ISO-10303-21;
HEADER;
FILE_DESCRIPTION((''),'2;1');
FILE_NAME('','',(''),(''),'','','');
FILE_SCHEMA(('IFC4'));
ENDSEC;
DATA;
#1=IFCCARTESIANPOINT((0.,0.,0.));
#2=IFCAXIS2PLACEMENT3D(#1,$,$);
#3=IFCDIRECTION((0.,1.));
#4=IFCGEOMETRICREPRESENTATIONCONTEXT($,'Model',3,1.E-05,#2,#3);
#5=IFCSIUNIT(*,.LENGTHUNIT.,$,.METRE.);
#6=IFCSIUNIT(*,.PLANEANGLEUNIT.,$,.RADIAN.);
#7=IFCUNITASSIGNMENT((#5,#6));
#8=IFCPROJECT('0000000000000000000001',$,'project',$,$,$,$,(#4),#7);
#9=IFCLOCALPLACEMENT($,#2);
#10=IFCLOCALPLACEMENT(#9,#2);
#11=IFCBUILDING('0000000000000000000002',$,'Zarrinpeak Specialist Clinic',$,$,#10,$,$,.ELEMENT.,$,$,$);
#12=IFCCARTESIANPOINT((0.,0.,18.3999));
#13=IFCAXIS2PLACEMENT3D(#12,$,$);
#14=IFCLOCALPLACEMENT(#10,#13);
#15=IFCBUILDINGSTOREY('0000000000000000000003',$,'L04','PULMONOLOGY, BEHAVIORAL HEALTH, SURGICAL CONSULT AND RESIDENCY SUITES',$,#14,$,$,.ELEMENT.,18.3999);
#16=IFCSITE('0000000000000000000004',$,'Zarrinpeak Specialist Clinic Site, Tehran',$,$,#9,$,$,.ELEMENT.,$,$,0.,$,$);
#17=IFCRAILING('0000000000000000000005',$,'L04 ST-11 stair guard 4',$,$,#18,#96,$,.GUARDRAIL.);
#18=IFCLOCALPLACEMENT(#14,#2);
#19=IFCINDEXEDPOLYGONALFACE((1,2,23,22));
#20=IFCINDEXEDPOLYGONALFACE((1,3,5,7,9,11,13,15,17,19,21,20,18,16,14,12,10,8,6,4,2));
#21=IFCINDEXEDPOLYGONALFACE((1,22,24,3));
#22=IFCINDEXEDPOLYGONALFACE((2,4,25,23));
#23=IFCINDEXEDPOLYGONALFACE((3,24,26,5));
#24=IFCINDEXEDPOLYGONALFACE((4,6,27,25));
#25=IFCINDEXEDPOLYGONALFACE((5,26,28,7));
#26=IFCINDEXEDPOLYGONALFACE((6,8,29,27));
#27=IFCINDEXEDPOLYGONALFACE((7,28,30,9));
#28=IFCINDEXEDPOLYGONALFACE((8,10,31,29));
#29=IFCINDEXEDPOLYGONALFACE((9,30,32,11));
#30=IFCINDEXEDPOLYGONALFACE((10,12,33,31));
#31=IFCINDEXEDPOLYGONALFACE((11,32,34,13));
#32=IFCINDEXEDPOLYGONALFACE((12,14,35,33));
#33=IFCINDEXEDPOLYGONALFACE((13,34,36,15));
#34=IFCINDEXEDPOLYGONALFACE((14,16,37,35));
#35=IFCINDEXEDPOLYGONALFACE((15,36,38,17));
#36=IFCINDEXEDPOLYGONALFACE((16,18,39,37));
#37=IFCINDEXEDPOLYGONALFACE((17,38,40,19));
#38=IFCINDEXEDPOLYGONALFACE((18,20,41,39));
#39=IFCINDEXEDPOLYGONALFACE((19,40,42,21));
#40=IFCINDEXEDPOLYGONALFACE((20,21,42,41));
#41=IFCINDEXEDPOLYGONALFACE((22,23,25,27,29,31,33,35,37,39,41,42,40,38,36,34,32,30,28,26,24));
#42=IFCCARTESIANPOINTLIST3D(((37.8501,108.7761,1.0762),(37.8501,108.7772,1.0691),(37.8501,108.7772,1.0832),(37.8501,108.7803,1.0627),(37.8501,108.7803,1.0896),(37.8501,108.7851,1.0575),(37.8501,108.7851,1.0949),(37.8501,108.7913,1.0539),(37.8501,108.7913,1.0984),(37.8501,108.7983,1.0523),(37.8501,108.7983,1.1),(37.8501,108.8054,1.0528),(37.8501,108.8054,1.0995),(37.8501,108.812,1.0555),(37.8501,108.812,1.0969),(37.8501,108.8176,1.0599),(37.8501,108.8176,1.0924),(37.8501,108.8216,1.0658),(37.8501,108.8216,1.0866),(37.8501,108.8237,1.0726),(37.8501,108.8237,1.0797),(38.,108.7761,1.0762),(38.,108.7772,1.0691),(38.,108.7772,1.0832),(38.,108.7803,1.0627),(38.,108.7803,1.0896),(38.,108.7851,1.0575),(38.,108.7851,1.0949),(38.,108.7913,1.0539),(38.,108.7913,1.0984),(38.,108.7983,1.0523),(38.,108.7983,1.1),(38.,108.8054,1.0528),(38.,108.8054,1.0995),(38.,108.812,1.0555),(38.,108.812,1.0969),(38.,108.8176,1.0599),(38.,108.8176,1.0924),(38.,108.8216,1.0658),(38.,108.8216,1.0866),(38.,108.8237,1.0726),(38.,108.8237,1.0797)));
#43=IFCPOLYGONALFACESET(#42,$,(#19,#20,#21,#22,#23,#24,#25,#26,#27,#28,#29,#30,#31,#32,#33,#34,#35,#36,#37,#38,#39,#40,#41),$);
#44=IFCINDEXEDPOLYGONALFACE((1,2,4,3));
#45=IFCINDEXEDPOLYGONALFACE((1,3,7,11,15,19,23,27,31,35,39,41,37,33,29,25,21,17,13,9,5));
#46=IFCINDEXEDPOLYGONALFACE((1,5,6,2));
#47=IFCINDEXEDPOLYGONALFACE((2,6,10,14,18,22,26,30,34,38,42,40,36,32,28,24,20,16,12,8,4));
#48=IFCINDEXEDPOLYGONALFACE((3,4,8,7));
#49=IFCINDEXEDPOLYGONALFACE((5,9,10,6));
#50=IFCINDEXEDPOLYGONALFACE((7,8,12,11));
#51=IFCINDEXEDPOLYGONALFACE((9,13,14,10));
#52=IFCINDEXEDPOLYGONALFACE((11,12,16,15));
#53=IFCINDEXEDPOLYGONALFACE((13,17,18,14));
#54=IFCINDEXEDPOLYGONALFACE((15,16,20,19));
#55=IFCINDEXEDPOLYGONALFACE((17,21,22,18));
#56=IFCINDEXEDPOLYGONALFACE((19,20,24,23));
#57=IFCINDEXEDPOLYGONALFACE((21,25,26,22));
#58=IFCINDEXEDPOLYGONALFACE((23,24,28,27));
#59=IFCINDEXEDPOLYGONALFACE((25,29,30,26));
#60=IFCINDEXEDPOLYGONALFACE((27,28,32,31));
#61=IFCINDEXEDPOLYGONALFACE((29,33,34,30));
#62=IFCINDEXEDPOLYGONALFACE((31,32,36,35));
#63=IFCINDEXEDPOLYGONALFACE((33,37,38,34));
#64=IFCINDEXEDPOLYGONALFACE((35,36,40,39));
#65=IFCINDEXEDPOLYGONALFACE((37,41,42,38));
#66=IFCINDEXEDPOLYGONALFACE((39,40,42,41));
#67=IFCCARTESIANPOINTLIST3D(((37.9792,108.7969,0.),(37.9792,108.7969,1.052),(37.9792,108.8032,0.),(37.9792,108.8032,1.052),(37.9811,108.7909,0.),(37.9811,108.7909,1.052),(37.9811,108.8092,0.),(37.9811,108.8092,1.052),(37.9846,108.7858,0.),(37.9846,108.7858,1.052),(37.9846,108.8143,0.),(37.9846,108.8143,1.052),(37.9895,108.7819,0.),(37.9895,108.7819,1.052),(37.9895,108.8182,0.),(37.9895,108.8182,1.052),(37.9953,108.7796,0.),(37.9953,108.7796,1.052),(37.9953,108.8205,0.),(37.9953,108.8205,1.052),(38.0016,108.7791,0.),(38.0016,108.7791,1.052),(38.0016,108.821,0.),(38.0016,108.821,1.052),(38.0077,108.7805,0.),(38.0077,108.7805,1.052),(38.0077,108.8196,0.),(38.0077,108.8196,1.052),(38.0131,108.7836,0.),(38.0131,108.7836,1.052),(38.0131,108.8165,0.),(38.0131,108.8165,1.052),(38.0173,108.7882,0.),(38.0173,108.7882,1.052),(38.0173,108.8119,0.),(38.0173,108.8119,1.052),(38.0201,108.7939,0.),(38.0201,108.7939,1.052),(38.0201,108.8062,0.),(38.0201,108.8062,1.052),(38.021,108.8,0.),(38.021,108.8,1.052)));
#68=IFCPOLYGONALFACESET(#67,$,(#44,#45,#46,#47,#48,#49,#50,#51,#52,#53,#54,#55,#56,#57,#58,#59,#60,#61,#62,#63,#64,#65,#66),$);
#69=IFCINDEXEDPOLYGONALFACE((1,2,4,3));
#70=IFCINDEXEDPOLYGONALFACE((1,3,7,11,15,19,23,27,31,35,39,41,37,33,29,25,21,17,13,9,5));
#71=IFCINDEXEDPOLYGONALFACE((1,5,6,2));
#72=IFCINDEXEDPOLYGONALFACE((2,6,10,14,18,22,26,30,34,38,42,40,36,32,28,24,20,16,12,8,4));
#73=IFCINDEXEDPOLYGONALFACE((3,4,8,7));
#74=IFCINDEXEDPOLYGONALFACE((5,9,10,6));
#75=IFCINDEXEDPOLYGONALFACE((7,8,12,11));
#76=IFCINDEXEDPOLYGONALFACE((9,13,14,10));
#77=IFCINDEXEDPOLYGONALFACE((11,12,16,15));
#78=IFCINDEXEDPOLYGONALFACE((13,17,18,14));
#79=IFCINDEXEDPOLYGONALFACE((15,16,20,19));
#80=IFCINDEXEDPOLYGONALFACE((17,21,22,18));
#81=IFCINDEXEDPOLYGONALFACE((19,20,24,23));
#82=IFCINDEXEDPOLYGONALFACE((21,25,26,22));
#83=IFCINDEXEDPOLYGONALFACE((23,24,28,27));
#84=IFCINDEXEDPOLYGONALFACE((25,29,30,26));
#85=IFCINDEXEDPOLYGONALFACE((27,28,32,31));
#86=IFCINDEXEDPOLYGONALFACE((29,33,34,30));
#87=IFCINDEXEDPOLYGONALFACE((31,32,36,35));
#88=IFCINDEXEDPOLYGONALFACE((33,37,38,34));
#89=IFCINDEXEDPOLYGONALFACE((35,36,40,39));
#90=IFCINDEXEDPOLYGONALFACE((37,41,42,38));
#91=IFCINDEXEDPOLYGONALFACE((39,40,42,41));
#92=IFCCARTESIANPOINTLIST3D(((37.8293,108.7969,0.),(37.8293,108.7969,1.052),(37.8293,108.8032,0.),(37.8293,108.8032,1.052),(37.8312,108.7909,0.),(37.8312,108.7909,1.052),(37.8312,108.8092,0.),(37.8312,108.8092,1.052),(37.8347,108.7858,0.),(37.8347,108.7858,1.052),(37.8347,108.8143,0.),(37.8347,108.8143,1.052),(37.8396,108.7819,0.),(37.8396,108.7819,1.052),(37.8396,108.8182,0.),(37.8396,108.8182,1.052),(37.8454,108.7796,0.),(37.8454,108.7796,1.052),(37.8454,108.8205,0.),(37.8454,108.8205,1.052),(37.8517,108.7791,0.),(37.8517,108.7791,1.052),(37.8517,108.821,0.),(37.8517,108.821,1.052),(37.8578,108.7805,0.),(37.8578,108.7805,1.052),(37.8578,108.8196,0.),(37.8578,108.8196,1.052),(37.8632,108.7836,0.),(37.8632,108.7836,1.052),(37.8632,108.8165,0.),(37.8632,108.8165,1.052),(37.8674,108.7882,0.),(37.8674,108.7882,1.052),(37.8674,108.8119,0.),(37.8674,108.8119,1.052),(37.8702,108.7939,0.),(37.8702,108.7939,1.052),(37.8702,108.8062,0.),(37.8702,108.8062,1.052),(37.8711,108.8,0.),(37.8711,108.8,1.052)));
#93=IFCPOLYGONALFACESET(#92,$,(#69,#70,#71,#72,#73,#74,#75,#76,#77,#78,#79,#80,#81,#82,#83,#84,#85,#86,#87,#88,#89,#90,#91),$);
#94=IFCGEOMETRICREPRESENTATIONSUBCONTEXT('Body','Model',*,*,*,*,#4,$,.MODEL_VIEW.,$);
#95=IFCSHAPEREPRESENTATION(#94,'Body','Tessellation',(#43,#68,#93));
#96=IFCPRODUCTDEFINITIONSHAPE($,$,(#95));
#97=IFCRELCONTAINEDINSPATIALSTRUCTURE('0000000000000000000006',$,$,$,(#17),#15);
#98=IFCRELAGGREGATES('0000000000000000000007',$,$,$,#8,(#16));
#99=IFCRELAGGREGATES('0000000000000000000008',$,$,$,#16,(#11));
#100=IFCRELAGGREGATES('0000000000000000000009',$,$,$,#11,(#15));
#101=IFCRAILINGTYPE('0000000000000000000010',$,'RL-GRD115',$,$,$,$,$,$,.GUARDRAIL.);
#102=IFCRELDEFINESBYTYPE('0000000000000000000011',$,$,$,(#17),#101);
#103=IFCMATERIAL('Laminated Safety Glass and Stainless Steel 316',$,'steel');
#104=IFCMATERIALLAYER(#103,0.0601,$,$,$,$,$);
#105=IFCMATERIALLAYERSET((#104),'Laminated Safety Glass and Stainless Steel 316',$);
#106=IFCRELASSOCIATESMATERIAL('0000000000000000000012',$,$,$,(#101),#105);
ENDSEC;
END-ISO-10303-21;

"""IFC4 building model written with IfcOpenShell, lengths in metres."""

from ifc_helpers import new_model, si_unit, direction, frame, origin, origin_2d, place, context, subcontext, project, spatial, circle, extrude, material, layer, layer_set, type_object, element, save


model = new_model("IFC4")

# Units and contexts
model_context = context("Model", 3, precision=1e-05, world=origin(), true_north=direction((0.0, 1.0)))
body_context = subcontext(model_context, "Body", "Model", "MODEL_VIEW")
ifc_project = project(units=[si_unit("LENGTHUNIT", "METRE"), si_unit("PLANEANGLEUNIT", "RADIAN")], contexts=[model_context])

# Site, building, storey
site_placement = place(None, origin())
site = spatial("IfcSite", under=ifc_project, at=site_placement, Name="Zarrinpeak Specialist Clinic Site, Tehran", CompositionType="ELEMENT", RefElevation=0.0)
building_placement = place(site_placement, origin())
building = spatial("IfcBuilding", under=site, at=building_placement, Name="Zarrinpeak Specialist Clinic", CompositionType="ELEMENT")
storey_placement = place(building_placement, frame((0.0, 0.0, 18.3999)))
storey = spatial("IfcBuildingStorey", under=building, at=storey_placement, Name="L04", Description="PULMONOLOGY, BEHAVIORAL HEALTH, SURGICAL CONSULT AND RESIDENCY SUITES", CompositionType="ELEMENT", Elevation=18.3999)

# Railing
ifc_material_1 = material(Name="Laminated Safety Glass and Stainless Steel 316", Category="steel")
ifc_layer_1 = layer(ifc_material_1, 0.0601)
ifc_layer_set_1 = layer_set([ifc_layer_1], Name="Laminated Safety Glass and Stainless Steel 316")
railing_type_1 = type_object("IfcRailingType", Name="RL-GRD115", PredefinedType="GUARDRAIL", material=ifc_layer_set_1)
railing_1_placement = place(storey_placement, frame((38.0, 108.8, 0.0)))
element("IfcRailing", 1, at=railing_1_placement, inside=storey, type_object=railing_type_1, Name="L04 ST-11 stair guard 4", PredefinedType="GUARDRAIL", context=body_context, shape_type="SweptSolid", body=[
    extrude(circle(Radius=0.0239, at=origin_2d()), frame((0.0, 0.0, 1.0762), z_axis=(-1.0, 0.0, 0.0), x_axis=(0.0, -1.0, 0.0)), (0.0, 0.0, 1.0), 0.1499),
    extrude(circle(Radius=0.021, at=origin_2d()), origin(), (0.0, 0.0, 1.0), 1.052),
    extrude(circle(Radius=0.021, at=origin_2d()), frame((-0.1499, 0.0, 0.0)), (0.0, 0.0, 1.0), 1.052),
])

save(model, "model.ifc")
